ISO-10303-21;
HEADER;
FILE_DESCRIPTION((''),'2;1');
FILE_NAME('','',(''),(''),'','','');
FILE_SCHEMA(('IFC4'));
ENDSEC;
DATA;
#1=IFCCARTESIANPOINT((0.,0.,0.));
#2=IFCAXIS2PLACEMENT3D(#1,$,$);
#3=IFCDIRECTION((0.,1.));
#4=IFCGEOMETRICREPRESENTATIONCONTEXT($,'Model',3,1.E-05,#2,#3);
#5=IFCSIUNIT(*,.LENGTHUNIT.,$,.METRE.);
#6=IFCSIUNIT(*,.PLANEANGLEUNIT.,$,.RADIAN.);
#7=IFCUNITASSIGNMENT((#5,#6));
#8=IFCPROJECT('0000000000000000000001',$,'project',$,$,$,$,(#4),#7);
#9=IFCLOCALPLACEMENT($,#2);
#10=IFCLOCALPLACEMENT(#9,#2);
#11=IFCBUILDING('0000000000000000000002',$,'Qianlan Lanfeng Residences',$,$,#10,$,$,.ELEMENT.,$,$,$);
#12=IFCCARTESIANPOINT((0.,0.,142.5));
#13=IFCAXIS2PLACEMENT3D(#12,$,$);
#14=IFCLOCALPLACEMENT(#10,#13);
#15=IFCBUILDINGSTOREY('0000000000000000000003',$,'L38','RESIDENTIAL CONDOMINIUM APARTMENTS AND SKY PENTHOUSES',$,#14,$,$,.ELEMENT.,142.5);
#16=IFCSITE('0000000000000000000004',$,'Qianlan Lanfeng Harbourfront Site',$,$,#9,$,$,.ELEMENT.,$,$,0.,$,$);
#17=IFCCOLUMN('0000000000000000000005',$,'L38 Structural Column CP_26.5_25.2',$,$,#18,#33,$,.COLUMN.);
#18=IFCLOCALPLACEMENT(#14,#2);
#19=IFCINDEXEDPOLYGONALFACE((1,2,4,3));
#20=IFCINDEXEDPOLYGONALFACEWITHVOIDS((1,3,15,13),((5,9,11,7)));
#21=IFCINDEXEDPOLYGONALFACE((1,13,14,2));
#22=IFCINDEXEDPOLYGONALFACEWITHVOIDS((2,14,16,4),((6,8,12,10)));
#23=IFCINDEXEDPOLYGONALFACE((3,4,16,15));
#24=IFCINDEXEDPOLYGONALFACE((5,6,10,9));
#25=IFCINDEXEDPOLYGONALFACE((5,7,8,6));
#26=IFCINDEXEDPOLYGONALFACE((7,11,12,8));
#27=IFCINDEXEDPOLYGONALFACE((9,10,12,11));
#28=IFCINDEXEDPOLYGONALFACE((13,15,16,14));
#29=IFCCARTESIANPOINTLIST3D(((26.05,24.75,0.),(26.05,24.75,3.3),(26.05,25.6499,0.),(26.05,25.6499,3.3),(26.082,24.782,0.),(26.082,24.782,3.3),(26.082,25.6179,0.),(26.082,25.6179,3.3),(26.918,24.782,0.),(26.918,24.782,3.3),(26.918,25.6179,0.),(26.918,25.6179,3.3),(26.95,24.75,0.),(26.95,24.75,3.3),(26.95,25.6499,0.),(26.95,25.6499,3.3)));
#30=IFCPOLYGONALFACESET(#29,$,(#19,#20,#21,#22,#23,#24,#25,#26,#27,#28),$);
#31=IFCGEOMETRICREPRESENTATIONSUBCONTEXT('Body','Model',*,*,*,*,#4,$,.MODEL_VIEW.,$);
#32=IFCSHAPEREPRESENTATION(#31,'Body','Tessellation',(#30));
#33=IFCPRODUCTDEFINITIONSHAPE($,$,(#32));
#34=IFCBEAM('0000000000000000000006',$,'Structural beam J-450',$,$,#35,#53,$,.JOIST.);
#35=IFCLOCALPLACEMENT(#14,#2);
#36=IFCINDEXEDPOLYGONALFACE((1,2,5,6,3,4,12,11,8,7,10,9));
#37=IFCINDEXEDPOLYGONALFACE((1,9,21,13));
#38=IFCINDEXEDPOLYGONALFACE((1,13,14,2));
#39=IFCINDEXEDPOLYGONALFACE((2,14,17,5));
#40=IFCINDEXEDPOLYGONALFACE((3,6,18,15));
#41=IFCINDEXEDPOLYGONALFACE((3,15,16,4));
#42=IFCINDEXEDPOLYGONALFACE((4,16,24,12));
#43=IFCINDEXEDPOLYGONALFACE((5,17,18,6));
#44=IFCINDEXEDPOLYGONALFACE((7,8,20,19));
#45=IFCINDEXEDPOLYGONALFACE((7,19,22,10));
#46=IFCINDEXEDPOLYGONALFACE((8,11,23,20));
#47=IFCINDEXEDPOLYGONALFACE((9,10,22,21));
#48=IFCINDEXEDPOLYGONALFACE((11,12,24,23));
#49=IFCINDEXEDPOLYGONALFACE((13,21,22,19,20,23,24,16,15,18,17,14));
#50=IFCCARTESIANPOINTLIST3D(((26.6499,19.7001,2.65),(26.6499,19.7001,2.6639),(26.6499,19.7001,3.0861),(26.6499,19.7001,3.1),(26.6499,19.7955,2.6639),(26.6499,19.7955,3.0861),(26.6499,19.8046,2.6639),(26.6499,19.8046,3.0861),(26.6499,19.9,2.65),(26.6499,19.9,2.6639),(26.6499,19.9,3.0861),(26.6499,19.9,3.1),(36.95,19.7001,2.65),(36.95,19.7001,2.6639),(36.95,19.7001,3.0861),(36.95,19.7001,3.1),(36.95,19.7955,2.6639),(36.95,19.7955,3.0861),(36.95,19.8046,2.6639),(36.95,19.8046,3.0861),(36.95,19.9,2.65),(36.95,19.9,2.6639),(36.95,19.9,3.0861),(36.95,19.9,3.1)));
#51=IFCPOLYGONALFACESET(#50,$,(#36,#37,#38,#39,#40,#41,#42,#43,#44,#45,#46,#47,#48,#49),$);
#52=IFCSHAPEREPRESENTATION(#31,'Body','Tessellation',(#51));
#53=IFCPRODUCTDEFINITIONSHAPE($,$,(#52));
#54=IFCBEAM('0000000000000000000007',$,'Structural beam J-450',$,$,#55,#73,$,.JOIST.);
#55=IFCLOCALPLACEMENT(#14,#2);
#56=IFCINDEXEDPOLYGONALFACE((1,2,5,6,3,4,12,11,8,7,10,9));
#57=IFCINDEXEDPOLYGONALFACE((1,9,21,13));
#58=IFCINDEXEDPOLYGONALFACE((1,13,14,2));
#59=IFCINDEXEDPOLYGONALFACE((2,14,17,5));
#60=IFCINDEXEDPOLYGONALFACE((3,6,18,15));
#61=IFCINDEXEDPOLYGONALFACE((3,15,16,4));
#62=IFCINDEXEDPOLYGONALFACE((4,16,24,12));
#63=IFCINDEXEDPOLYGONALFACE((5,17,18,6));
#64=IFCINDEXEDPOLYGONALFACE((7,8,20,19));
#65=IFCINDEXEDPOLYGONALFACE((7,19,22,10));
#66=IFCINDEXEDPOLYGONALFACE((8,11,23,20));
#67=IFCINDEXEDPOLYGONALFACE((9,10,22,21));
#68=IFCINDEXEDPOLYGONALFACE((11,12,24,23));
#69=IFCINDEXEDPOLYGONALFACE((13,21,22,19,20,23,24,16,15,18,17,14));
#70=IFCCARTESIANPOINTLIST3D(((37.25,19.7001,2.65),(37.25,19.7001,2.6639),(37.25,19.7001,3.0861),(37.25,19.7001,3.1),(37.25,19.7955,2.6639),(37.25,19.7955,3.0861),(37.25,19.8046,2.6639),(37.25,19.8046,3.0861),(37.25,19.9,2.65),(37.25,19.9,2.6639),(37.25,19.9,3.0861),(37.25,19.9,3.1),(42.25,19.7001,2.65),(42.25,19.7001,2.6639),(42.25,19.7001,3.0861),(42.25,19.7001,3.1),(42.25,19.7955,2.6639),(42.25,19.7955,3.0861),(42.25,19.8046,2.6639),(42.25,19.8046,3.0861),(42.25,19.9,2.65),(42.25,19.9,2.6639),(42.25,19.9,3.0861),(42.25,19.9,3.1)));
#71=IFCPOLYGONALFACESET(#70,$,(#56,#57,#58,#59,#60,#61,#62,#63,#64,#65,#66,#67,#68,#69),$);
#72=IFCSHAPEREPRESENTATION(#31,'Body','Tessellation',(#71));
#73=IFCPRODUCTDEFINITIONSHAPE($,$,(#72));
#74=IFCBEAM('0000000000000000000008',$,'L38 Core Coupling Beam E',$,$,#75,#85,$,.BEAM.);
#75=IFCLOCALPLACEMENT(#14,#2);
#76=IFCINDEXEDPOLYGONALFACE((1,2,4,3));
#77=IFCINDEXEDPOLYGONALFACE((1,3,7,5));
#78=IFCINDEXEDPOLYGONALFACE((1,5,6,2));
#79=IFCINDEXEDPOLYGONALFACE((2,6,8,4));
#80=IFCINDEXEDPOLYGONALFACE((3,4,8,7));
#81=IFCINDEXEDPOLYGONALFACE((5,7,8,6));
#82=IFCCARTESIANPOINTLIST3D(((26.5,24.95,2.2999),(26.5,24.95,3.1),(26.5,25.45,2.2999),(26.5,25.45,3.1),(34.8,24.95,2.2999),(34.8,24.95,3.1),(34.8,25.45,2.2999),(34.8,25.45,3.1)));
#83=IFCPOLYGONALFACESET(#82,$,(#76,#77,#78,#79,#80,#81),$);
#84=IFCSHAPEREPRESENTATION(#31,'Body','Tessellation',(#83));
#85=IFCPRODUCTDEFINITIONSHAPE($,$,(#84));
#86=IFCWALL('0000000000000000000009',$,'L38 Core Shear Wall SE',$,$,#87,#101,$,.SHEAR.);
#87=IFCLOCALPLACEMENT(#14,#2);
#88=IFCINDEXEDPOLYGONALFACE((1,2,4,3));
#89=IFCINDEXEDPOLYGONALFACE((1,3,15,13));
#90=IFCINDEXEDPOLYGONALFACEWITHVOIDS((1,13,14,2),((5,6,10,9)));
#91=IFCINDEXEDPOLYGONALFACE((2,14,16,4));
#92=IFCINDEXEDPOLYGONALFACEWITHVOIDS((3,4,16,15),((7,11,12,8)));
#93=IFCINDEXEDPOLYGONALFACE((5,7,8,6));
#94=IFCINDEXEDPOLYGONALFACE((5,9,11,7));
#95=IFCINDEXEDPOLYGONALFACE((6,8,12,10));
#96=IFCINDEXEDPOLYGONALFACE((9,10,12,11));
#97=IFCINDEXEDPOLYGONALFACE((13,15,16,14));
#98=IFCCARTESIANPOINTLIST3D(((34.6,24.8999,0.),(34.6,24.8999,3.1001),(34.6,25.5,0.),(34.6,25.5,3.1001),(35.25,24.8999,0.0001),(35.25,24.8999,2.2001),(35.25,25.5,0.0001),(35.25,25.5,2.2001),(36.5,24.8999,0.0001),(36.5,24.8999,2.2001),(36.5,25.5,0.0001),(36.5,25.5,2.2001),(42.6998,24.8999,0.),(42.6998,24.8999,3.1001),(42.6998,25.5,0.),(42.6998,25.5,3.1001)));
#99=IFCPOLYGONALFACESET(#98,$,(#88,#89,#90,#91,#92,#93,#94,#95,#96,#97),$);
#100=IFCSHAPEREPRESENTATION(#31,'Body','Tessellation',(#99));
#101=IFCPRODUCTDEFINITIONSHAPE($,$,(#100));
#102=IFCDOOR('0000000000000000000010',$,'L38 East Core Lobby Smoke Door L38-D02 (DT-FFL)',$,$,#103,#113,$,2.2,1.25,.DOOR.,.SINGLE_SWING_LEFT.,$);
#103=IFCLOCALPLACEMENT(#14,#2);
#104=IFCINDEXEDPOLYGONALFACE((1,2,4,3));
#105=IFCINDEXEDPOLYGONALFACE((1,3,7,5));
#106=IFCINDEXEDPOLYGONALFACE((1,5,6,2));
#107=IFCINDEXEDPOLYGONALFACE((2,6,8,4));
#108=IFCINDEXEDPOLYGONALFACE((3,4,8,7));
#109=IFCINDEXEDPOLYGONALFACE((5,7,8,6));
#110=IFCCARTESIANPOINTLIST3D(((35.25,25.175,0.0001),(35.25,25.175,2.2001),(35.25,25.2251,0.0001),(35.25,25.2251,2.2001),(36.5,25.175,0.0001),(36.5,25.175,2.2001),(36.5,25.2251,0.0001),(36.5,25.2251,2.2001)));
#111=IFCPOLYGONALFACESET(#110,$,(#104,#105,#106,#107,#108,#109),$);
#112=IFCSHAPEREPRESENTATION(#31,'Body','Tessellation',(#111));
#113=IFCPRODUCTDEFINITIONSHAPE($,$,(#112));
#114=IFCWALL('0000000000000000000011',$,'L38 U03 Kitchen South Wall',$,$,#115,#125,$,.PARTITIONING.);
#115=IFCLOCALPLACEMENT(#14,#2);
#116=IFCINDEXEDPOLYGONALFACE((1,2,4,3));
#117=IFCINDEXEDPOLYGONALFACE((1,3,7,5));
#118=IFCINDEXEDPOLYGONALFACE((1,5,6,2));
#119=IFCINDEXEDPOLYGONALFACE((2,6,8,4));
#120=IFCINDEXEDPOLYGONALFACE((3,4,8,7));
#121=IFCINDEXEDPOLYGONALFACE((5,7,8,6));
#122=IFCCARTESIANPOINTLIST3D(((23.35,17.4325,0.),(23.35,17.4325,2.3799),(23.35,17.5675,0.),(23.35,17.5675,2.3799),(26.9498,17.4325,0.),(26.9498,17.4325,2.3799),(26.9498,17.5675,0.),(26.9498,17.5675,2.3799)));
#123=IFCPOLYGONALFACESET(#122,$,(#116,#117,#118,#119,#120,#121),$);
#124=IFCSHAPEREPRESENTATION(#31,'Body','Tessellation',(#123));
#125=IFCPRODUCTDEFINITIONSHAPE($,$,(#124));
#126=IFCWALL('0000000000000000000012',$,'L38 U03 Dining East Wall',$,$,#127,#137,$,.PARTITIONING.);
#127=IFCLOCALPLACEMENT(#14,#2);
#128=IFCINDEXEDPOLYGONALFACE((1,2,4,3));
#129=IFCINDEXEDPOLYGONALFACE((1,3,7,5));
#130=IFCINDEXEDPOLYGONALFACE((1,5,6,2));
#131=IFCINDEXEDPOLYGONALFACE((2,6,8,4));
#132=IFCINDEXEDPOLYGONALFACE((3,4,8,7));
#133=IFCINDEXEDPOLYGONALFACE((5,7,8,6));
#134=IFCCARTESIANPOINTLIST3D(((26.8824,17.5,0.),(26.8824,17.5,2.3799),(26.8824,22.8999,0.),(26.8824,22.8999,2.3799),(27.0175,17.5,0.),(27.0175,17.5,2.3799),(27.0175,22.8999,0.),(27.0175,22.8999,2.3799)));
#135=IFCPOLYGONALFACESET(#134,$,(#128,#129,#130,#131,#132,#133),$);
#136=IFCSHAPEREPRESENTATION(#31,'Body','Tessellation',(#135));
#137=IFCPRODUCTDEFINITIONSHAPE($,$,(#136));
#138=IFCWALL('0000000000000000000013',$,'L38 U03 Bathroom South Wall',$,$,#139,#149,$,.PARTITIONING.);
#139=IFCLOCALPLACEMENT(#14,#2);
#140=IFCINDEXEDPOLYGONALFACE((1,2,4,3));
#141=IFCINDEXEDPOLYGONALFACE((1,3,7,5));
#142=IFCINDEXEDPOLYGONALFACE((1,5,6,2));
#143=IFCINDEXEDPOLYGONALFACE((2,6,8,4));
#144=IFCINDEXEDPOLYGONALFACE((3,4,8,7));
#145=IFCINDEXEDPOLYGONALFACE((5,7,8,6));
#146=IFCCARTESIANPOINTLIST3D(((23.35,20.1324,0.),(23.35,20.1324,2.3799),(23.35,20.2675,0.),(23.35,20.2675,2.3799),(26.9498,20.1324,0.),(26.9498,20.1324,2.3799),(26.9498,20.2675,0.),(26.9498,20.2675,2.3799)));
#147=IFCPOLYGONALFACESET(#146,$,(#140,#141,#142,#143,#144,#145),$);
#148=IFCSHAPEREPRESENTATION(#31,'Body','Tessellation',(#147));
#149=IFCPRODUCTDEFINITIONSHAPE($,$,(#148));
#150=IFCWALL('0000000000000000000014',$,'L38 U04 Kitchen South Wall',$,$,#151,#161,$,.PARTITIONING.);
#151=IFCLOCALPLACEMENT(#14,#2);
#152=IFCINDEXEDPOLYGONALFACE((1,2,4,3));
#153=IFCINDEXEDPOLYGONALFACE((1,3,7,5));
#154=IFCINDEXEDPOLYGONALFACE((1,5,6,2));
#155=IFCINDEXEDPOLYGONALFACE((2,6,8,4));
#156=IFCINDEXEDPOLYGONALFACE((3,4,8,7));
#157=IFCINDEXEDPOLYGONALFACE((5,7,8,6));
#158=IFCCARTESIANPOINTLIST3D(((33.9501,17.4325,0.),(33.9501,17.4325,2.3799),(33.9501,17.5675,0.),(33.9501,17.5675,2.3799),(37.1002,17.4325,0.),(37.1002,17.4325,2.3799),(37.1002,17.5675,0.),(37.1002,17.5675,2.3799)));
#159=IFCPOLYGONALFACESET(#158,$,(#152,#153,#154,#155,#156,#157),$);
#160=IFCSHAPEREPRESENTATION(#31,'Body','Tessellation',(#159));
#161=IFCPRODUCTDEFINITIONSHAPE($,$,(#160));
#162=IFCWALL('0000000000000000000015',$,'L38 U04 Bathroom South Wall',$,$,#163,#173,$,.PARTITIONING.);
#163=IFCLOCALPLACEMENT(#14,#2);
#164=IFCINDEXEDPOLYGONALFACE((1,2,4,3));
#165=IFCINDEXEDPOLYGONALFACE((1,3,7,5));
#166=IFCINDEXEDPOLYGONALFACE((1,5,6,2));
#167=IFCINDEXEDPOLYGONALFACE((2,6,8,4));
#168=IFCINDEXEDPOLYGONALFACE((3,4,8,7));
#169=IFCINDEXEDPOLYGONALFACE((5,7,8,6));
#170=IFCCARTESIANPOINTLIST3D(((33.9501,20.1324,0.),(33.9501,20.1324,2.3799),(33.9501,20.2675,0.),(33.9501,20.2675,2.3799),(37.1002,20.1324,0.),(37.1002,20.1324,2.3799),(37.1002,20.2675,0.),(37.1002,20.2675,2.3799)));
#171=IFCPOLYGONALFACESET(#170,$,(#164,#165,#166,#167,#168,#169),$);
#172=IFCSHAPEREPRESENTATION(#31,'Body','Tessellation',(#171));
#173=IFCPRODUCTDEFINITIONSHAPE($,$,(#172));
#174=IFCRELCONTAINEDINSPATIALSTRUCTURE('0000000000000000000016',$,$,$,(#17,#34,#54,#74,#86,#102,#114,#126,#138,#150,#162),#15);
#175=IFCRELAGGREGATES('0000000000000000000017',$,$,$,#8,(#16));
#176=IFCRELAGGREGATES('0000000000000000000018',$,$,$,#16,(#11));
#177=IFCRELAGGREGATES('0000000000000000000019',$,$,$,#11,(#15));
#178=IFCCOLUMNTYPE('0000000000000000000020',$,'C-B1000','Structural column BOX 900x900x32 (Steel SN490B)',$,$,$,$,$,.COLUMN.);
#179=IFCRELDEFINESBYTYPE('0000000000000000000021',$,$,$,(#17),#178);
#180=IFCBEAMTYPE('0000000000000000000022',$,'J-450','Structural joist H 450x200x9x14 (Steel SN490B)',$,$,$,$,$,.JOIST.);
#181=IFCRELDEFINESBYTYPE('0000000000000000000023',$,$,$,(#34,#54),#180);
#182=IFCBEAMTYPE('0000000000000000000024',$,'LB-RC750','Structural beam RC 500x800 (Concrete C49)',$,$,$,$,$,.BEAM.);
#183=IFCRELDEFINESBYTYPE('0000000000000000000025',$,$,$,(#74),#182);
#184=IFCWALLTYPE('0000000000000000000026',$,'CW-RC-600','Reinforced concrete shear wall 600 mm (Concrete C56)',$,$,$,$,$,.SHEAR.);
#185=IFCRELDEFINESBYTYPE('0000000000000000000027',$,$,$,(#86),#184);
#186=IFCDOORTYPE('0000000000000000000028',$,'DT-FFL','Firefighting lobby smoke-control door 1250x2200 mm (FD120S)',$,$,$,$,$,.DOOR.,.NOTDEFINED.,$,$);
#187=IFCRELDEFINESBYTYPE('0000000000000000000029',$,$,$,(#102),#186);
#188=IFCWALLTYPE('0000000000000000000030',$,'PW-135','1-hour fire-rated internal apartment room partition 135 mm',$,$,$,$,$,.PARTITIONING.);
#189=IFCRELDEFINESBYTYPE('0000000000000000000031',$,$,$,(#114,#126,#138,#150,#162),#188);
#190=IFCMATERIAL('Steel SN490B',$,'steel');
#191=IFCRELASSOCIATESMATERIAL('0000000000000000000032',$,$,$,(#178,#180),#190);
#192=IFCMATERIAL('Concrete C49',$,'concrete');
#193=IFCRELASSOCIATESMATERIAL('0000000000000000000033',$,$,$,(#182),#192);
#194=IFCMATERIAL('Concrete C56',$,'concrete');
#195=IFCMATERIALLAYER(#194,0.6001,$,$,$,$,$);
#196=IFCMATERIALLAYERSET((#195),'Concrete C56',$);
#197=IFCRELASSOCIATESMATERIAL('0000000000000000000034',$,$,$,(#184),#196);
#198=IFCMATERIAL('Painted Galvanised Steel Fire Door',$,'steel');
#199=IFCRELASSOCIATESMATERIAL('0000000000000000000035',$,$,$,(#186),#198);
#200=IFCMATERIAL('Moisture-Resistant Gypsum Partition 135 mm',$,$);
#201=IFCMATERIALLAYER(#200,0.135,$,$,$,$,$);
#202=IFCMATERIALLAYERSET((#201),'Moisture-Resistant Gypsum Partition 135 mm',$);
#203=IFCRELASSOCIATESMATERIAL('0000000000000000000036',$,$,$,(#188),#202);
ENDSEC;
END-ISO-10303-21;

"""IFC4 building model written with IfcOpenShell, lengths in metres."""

from ifc_helpers import new_model, si_unit, direction, frame, frame_2d, origin, origin_2d, place, context, subcontext, project, spatial, rectangle, hollow_rectangle, i_section, extrude, material, layer, layer_set, material_profile, profile_set, type_object, element, fill, save


model = new_model("IFC4")

# Units and contexts
model_context = context("Model", 3, precision=1e-05, world=origin(), true_north=direction((0.0, 1.0)))
body_context = subcontext(model_context, "Body", "Model", "MODEL_VIEW")
ifc_project = project(units=[si_unit("LENGTHUNIT", "METRE"), si_unit("PLANEANGLEUNIT", "RADIAN")], contexts=[model_context])

# Site, building, storey
site_placement = place(None, origin())
site = spatial("IfcSite", under=ifc_project, at=site_placement, Name="Qianlan Lanfeng Harbourfront Site", CompositionType="ELEMENT", RefElevation=0.0)
building_placement = place(site_placement, origin())
building = spatial("IfcBuilding", under=site, at=building_placement, Name="Qianlan Lanfeng Residences", CompositionType="ELEMENT")
storey_placement = place(building_placement, frame((0.0, 0.0, 142.5)))
storey = spatial("IfcBuildingStorey", under=building, at=storey_placement, Name="L38", Description="RESIDENTIAL CONDOMINIUM APARTMENTS AND SKY PENTHOUSES", CompositionType="ELEMENT", Elevation=142.5)

# Column
ifc_material_1 = material(Name="Steel SN490B", Category="steel")
ifc_material_profile_1 = material_profile(ifc_material_1, hollow_rectangle(XDim=0.8999, YDim=0.8999, WallThickness=0.032, at=origin_2d()), Name="BOX 900x900x32")
ifc_profile_set_1 = profile_set([ifc_material_profile_1], Name="Steel SN490B")
column_type = type_object("IfcColumnType", Name="C-B1000", Description="Structural column BOX 900x900x32 (Steel SN490B)", PredefinedType="COLUMN", material=ifc_profile_set_1)
column_placement = place(storey_placement, frame((26.5, 25.2, 0.0), z_axis=(0.0, 0.0, 1.0), x_axis=(1.0, 0.0, 0.0)))
element("IfcColumn", 1, at=column_placement, inside=storey, type_object=column_type, Name="L38 Structural Column CP_26.5_25.2", PredefinedType="COLUMN", context=body_context, shape_type="SweptSolid", body=[
    extrude(hollow_rectangle(XDim=0.8999, YDim=0.8999, WallThickness=0.032, at=origin_2d()), origin(), (0.0, 0.0, 1.0), 3.3),
])

# Beams
ifc_material_profile_2 = material_profile(ifc_material_1, i_section(OverallWidth=0.2, OverallDepth=0.45, WebThickness=0.009, FlangeThickness=0.0139, at=origin_2d()), Name="H 450x200x9x14")
ifc_profile_set_2 = profile_set([ifc_material_profile_2], Name="Steel SN490B")
beam_type_1 = type_object("IfcBeamType", Name="J-450", Description="Structural joist H 450x200x9x14 (Steel SN490B)", PredefinedType="JOIST", material=ifc_profile_set_2)
beam_1_placement = place(storey_placement, frame((26.6499, 19.8, 2.875), z_axis=(1.0, 0.0, 0.0), x_axis=(0.0, 1.0, 0.0)))
element("IfcBeam", 2, at=beam_1_placement, inside=storey, type_object=beam_type_1, Name="Structural beam J-450", PredefinedType="JOIST", context=body_context, shape_type="SweptSolid", body=[
    extrude(i_section(OverallWidth=0.2, OverallDepth=0.45, WebThickness=0.009, FlangeThickness=0.0139, at=origin_2d()), origin(), (0.0, 0.0, 1.0), 10.3),
])
beam_2_placement = place(storey_placement, frame((37.25, 19.8, 2.875), z_axis=(1.0, 0.0, 0.0), x_axis=(0.0, 1.0, 0.0)))
element("IfcBeam", 3, at=beam_2_placement, inside=storey, type_object=beam_type_1, Name="Structural beam J-450", PredefinedType="JOIST", context=body_context, shape_type="SweptSolid", body=[
    extrude(i_section(OverallWidth=0.2, OverallDepth=0.45, WebThickness=0.009, FlangeThickness=0.0139, at=origin_2d()), origin(), (0.0, 0.0, 1.0), 5.0),
])
ifc_material_2 = material(Name="Concrete C49", Category="concrete")
ifc_material_profile_3 = material_profile(ifc_material_2, rectangle(XDim=0.5, YDim=0.8, at=origin_2d()), Name="RC 500x800")
ifc_profile_set_3 = profile_set([ifc_material_profile_3], Name="Concrete C49")
beam_type_2 = type_object("IfcBeamType", Name="LB-RC750", Description="Structural beam RC 500x800 (Concrete C49)", PredefinedType="BEAM", material=ifc_profile_set_3)
beam_3_placement = place(storey_placement, frame((26.5, 25.2, 2.7), z_axis=(1.0, 0.0, 0.0), x_axis=(0.0, 1.0, 0.0)))
element("IfcBeam", 4, at=beam_3_placement, inside=storey, type_object=beam_type_2, Name="L38 Core Coupling Beam E", PredefinedType="BEAM", context=body_context, shape_type="SweptSolid", body=[
    extrude(rectangle(XDim=0.5, YDim=0.8, at=origin_2d()), origin(), (0.0, 0.0, 1.0), 8.3),
])

# Wall, opening, door
ifc_material_3 = material(Name="Concrete C56", Category="concrete")
ifc_layer_1 = layer(ifc_material_3, 0.6001)
ifc_layer_set_1 = layer_set([ifc_layer_1], Name="Concrete C56")
wall_type_1 = type_object("IfcWallType", Name="CW-RC-600", Description="Reinforced concrete shear wall 600 mm (Concrete C56)", PredefinedType="SHEAR", material=ifc_layer_set_1)
wall_1_placement = place(storey_placement, frame((34.6001, 25.2, 0.0), z_axis=(0.0, 0.0, 1.0), x_axis=(1.0, 0.0, 0.0)))
wall_1 = element("IfcWall", 5, at=wall_1_placement, inside=storey, type_object=wall_type_1, Name="L38 Core Shear Wall SE", PredefinedType="SHEAR", context=body_context, shape_type="SweptSolid", body=[
    extrude(rectangle(XDim=8.0999, YDim=0.6001, at=frame_2d((4.0498, 0.0))), origin(), (0.0, 0.0, 1.0), 3.1001),
])
opening_1_placement = place(wall_1_placement, frame((0.6499, 0.0, 0.0)))
opening_1 = element("IfcOpeningElement", 6, at=opening_1_placement, cuts=wall_1, PredefinedType="OPENING", context=body_context, shape_type="SweptSolid", body=[
    extrude(rectangle(XDim=1.25, YDim=2.2, at=frame_2d((0.625, 1.1001))), frame((0.0, 0.3101, 0.0), z_axis=(0.0, -1.0, 0.0), x_axis=(1.0, 0.0, 0.0)), (0.0, 0.0, 1.0), 0.6201),
])
ifc_material_4 = material(Name="Painted Galvanised Steel Fire Door", Category="steel")
door_type_1 = type_object("IfcDoorType", Name="DT-FFL", Description="Firefighting lobby smoke-control door 1250x2200 mm (FD120S)", OperationType="NOTDEFINED", PredefinedType="DOOR", material=ifc_material_4)
door_1_placement = place(opening_1_placement, frame((1.25, 0.0, 0.0), z_axis=(0.0, 0.0, 1.0), x_axis=(-1.0, 0.0, 0.0)))
door_1 = element("IfcDoor", 7, at=door_1_placement, inside=storey, type_object=door_type_1, Name="L38 East Core Lobby Smoke Door L38-D02 (DT-FFL)", OperationType="SINGLE_SWING_LEFT", OverallHeight=2.2, OverallWidth=1.25, PredefinedType="DOOR", context=body_context, shape_type="SweptSolid", body=[
    extrude(rectangle(XDim=1.25, YDim=2.2, at=frame_2d((0.625, 1.1001))), frame((0.0, 0.0249, 0.0), z_axis=(0.0, -1.0, 0.0), x_axis=(1.0, 0.0, 0.0)), (0.0, 0.0, 1.0), 0.05),
])
fill(opening_1, door_1)

# Walls
ifc_material_5 = material(Name="Moisture-Resistant Gypsum Partition 135 mm")
ifc_layer_2 = layer(ifc_material_5, 0.135)
ifc_layer_set_2 = layer_set([ifc_layer_2], Name="Moisture-Resistant Gypsum Partition 135 mm")
wall_type_2 = type_object("IfcWallType", Name="PW-135", Description="1-hour fire-rated internal apartment room partition 135 mm", PredefinedType="PARTITIONING", material=ifc_layer_set_2)
wall_2_placement = place(storey_placement, frame((23.3501, 17.5, 0.0), z_axis=(0.0, 0.0, 1.0), x_axis=(1.0, 0.0, 0.0)))
element("IfcWall", 8, at=wall_2_placement, inside=storey, type_object=wall_type_2, Name="L38 U03 Kitchen South Wall", PredefinedType="PARTITIONING", context=body_context, shape_type="SweptSolid", body=[
    extrude(rectangle(XDim=3.5999, YDim=0.135, at=frame_2d((1.7998, 0.0))), origin(), (0.0, 0.0, 1.0), 2.3799),
])
wall_3_placement = place(storey_placement, frame((26.95, 17.5, 0.0), z_axis=(0.0, 0.0, 1.0), x_axis=(0.0, 1.0, 0.0)))
element("IfcWall", 9, at=wall_3_placement, inside=storey, type_object=wall_type_2, Name="L38 U03 Dining East Wall", PredefinedType="PARTITIONING", context=body_context, shape_type="SweptSolid", body=[
    extrude(rectangle(XDim=5.3999, YDim=0.135, at=frame_2d((2.7, 0.0))), origin(), (0.0, 0.0, 1.0), 2.3799),
])
wall_4_placement = place(storey_placement, frame((23.3501, 20.2, 0.0), z_axis=(0.0, 0.0, 1.0), x_axis=(1.0, 0.0, 0.0)))
element("IfcWall", 10, at=wall_4_placement, inside=storey, type_object=wall_type_2, Name="L38 U03 Bathroom South Wall", PredefinedType="PARTITIONING", context=body_context, shape_type="SweptSolid", body=[
    extrude(rectangle(XDim=3.5999, YDim=0.135, at=frame_2d((1.7998, 0.0))), origin(), (0.0, 0.0, 1.0), 2.3799),
])
for number, where, z_axis, x_axis, name in (
    (11, (33.95, 17.5, 0.0), (0.0, 0.0, 1.0), (1.0, 0.0, 0.0), "L38 U04 Kitchen South Wall"),
    (12, (33.95, 20.2, 0.0), (0.0, 0.0, 1.0), (1.0, 0.0, 0.0), "L38 U04 Bathroom South Wall"),
):
    element("IfcWall", number, at=place(storey_placement, frame(where, z_axis=z_axis, x_axis=x_axis)), inside=storey, type_object=wall_type_2, Name=name, PredefinedType="PARTITIONING", context=body_context, shape_type="SweptSolid", body=[
        extrude(rectangle(XDim=3.1501, YDim=0.135, at=frame_2d((1.5752, 0.0))), origin(), (0.0, 0.0, 1.0), 2.3799),
    ])

save(model, "model.ifc")
